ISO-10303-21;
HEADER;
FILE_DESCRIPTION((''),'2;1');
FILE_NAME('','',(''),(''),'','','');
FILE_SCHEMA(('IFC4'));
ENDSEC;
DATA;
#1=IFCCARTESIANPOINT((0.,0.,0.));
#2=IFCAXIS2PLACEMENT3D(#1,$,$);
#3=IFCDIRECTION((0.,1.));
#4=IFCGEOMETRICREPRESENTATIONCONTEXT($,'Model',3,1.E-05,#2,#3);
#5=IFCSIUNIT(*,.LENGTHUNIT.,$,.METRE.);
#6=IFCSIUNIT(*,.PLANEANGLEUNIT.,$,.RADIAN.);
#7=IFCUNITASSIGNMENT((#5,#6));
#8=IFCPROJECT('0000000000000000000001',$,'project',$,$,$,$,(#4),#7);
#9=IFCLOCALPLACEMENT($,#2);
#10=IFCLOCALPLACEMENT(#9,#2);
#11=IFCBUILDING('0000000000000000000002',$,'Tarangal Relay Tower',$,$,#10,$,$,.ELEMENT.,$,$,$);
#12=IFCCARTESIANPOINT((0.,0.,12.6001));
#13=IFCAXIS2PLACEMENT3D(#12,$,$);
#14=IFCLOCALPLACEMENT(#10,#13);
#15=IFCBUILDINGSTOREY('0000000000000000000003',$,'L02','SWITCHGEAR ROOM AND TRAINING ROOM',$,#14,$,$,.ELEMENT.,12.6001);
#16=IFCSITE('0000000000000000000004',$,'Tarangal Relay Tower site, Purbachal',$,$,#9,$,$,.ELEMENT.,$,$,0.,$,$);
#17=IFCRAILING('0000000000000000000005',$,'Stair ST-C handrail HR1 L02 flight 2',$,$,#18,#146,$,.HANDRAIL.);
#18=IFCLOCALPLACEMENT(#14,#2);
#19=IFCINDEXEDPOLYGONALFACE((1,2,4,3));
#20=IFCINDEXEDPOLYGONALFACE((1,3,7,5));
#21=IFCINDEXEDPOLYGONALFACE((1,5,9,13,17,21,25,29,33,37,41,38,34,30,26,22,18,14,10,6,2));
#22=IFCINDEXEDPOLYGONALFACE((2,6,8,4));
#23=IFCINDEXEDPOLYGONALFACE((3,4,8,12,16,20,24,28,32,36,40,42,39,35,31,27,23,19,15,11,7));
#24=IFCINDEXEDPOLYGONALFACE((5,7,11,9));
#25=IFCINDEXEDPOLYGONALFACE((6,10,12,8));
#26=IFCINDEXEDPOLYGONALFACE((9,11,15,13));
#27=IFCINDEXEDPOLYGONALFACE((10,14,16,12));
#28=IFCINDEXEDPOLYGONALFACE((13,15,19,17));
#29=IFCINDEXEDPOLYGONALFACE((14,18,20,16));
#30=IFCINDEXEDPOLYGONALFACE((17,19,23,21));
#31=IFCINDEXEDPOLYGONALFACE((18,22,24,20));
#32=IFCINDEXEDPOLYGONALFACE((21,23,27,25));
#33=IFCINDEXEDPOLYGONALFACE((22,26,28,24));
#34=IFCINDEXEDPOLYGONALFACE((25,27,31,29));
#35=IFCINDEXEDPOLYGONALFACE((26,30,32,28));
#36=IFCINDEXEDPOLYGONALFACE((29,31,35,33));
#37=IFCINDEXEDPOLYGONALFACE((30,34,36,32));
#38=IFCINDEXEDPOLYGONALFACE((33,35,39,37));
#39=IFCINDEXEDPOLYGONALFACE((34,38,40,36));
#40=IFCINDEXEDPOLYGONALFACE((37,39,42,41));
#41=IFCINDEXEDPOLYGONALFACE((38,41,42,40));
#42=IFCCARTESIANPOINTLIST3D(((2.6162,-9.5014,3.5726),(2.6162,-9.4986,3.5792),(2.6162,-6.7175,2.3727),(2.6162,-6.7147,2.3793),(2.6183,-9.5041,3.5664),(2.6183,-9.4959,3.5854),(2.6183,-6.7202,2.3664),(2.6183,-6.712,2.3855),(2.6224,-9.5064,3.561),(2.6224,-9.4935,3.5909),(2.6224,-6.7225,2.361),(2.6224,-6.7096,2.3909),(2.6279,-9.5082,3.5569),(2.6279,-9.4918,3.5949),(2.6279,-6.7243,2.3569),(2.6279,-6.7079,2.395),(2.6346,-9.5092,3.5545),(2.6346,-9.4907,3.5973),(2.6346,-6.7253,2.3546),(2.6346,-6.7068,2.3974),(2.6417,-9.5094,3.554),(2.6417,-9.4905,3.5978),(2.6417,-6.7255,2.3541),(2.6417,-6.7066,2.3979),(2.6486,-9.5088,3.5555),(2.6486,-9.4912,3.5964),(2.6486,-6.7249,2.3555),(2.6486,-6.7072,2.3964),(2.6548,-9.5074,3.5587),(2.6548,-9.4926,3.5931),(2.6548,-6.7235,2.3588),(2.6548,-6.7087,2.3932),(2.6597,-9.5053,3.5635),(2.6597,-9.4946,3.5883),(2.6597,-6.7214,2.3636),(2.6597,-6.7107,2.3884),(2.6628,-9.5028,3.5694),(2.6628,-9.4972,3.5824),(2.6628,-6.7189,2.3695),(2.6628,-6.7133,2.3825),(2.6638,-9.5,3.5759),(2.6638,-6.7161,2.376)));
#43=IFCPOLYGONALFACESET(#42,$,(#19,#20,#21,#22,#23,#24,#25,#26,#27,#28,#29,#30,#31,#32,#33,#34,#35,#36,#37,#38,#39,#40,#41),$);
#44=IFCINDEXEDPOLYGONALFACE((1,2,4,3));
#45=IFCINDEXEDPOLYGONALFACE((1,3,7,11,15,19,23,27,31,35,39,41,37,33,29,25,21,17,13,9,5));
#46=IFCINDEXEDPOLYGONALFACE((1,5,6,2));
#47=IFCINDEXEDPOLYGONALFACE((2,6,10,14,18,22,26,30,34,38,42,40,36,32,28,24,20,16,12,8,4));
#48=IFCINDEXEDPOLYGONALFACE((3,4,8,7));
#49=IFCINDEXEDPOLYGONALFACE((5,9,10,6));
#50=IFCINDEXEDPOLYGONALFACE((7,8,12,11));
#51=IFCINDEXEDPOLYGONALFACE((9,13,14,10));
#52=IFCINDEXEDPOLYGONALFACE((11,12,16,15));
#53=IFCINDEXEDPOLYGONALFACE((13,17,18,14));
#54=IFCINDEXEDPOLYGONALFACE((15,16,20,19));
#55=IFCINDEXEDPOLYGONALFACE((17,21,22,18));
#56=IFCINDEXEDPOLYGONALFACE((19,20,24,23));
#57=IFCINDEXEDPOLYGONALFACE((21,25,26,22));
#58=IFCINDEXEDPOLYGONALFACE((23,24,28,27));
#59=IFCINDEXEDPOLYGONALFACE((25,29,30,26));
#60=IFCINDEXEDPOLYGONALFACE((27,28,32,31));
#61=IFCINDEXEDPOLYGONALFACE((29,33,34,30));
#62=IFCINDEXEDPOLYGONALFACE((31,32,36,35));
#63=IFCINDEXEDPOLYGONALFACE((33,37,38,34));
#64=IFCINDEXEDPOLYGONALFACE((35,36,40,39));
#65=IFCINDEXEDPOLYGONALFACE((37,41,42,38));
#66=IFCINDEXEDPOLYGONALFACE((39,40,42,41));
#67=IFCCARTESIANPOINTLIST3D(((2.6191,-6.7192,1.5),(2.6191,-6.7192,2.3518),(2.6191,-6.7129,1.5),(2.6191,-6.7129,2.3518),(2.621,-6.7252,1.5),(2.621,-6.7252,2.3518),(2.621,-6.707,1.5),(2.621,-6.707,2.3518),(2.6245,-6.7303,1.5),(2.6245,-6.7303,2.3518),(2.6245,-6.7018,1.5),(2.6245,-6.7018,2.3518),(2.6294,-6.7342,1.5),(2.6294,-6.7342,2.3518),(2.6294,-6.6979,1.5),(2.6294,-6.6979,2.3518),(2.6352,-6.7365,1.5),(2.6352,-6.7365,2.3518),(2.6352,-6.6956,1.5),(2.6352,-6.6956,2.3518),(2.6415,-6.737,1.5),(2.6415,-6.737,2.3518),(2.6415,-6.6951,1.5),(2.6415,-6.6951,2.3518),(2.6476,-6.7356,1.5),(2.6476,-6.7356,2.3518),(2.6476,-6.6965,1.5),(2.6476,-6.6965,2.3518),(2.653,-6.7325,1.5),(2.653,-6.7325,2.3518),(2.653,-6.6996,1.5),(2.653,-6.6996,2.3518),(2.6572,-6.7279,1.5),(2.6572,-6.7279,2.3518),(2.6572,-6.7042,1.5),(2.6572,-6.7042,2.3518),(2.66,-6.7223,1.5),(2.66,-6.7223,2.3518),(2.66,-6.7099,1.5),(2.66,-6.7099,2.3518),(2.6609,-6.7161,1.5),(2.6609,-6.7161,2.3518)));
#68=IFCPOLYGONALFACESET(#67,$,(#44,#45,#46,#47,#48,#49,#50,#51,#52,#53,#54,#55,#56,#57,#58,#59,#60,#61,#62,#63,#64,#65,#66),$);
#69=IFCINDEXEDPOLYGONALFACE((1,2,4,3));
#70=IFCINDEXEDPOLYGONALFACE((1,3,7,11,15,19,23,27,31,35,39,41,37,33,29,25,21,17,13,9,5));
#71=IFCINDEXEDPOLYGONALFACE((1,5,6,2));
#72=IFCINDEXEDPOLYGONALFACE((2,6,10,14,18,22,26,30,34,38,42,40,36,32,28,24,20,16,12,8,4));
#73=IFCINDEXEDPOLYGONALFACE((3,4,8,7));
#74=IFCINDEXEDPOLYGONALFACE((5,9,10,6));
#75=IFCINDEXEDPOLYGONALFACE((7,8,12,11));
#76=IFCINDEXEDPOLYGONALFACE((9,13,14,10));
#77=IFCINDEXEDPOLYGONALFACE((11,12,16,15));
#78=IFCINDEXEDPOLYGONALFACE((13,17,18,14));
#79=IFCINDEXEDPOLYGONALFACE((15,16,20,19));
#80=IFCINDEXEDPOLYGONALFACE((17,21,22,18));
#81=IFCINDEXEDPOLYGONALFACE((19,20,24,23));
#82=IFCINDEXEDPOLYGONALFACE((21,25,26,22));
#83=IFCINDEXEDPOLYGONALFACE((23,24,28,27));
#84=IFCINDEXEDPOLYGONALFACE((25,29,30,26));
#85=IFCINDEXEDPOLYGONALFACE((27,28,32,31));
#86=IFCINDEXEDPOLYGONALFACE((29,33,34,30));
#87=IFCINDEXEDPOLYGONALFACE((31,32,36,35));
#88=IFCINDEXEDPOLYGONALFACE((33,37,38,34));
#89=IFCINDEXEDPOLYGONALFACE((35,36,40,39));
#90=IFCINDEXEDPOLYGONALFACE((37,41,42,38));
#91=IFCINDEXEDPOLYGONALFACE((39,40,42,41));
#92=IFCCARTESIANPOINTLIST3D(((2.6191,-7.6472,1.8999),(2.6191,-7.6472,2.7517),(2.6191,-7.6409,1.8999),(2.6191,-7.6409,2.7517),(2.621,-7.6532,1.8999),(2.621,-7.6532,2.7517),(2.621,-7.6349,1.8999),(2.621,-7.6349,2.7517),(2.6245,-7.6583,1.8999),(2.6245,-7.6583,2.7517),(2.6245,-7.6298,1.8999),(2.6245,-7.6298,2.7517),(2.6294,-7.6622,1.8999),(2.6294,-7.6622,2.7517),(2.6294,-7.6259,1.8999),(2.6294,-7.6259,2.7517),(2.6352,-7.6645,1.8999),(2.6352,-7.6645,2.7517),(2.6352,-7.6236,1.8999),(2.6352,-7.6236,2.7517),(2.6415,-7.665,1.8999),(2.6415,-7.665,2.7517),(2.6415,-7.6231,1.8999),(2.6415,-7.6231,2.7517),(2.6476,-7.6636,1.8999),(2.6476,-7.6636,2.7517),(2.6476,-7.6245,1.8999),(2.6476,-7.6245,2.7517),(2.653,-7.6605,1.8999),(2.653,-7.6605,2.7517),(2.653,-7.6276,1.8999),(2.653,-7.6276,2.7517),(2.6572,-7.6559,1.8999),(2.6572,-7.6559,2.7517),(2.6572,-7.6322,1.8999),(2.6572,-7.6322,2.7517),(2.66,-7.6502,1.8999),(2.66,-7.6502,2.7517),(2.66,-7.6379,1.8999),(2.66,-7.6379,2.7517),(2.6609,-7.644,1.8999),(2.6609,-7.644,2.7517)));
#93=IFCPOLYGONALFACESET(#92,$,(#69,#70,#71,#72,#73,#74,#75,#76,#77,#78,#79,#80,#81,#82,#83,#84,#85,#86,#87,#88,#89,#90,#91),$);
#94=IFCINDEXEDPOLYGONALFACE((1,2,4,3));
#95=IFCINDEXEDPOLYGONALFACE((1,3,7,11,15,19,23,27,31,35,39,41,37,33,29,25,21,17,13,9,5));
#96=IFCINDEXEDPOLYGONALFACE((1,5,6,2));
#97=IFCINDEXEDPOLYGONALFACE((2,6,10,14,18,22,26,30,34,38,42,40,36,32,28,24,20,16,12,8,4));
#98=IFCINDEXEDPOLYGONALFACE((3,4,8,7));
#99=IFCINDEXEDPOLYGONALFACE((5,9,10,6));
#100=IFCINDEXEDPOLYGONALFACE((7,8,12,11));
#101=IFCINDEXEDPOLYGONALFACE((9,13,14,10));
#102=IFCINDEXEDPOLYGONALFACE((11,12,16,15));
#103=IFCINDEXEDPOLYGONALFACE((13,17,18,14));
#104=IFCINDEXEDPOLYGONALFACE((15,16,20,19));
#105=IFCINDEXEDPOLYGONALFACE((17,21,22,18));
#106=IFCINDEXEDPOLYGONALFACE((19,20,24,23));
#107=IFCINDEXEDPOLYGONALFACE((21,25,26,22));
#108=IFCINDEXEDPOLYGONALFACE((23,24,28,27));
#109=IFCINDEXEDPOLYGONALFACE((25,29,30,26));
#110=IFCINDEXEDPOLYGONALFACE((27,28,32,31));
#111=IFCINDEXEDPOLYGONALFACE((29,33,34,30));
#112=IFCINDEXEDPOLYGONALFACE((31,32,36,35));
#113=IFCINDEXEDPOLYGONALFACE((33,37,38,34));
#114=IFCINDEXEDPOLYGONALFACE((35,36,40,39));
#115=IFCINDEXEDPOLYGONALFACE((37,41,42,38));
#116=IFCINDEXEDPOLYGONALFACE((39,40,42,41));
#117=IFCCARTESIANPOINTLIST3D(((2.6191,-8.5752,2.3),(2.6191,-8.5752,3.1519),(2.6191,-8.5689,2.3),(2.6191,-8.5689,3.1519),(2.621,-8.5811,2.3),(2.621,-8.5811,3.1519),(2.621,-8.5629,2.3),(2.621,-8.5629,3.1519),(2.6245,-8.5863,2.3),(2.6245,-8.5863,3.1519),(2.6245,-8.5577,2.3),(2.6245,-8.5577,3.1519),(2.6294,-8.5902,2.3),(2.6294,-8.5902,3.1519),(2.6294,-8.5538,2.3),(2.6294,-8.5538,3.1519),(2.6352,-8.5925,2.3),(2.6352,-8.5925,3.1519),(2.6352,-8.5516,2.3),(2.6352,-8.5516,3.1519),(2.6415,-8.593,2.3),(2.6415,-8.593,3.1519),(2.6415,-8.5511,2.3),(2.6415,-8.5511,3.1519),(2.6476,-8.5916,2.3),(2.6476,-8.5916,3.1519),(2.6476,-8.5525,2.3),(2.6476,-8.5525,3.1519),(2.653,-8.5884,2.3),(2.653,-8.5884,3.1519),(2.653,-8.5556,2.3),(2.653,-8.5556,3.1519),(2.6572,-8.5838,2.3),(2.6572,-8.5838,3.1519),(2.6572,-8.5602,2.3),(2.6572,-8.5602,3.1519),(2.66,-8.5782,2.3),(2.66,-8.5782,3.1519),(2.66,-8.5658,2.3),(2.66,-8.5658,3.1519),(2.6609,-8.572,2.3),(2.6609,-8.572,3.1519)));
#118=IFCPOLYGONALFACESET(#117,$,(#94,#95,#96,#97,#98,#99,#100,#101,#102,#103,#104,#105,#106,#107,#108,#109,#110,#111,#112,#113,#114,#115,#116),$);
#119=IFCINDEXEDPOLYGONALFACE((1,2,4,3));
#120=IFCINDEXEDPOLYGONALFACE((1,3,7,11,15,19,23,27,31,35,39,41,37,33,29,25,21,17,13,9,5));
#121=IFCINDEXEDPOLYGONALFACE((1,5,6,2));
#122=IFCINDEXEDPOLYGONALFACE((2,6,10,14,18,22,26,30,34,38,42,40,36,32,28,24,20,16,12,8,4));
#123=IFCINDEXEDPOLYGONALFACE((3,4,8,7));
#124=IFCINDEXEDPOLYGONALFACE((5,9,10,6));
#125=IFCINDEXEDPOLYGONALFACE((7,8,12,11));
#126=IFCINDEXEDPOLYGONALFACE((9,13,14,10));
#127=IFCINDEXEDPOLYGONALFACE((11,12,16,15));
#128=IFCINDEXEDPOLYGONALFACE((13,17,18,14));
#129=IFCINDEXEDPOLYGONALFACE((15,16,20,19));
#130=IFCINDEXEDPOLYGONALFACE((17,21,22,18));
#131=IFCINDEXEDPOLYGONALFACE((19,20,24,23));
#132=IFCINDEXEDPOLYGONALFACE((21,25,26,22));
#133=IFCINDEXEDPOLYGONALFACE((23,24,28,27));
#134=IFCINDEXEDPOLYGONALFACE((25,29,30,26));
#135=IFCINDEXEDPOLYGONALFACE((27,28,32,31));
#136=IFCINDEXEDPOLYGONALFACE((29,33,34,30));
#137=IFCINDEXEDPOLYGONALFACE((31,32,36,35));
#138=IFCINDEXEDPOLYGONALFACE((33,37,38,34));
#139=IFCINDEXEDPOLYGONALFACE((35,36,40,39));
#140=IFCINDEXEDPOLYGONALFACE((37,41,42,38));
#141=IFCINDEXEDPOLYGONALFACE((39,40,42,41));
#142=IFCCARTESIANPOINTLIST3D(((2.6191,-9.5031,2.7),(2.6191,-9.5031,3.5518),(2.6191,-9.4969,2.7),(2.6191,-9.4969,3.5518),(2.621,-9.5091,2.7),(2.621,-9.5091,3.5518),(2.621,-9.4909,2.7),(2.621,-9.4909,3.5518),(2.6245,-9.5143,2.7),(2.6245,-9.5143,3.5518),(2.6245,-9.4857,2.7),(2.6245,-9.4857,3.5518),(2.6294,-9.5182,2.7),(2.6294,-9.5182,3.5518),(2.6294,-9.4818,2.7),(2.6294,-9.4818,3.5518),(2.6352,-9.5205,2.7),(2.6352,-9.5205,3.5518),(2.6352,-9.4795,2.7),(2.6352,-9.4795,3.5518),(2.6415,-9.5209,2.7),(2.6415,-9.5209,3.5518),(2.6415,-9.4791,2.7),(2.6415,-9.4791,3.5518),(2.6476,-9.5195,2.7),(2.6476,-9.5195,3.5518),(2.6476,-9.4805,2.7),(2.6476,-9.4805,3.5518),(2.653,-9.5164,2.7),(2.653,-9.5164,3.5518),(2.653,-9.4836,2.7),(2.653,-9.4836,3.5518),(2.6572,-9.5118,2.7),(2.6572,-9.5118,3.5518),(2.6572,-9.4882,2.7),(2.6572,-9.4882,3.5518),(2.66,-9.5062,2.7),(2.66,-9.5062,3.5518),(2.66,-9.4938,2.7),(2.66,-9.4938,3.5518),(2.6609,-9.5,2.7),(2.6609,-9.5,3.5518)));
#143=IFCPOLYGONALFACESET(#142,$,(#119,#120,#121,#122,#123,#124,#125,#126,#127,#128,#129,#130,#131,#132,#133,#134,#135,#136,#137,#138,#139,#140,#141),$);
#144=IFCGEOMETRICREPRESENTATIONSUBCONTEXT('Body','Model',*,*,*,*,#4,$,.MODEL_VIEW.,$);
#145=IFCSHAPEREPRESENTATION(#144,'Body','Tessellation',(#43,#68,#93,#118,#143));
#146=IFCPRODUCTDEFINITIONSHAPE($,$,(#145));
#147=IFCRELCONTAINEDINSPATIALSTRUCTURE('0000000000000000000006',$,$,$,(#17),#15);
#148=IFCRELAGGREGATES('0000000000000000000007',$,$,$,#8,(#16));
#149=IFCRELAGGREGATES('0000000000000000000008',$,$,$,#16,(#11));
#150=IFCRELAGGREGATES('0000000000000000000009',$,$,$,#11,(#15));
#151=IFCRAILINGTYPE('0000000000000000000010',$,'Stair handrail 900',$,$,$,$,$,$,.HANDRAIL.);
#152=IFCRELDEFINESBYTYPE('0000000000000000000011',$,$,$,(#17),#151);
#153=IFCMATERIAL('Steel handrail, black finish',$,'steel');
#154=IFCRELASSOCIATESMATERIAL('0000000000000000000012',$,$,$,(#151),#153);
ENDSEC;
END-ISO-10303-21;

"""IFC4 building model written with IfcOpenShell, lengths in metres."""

from ifc_helpers import new_model, si_unit, direction, frame, origin, origin_2d, place, context, subcontext, project, spatial, circle, extrude, material, type_object, element, save


model = new_model("IFC4")

# Units and contexts
model_context = context("Model", 3, precision=1e-05, world=origin(), true_north=direction((0.0, 1.0)))
body_context = subcontext(model_context, "Body", "Model", "MODEL_VIEW")
ifc_project = project(units=[si_unit("LENGTHUNIT", "METRE"), si_unit("PLANEANGLEUNIT", "RADIAN")], contexts=[model_context])

# Site, building, storey
site_placement = place(None, origin())
site = spatial("IfcSite", under=ifc_project, at=site_placement, Name="Tarangal Relay Tower site, Purbachal", CompositionType="ELEMENT", RefElevation=0.0)
building_placement = place(site_placement, origin())
building = spatial("IfcBuilding", under=site, at=building_placement, Name="Tarangal Relay Tower", CompositionType="ELEMENT")
storey_placement = place(building_placement, frame((0.0, 0.0, 12.6001)))
storey = spatial("IfcBuildingStorey", under=building, at=storey_placement, Name="L02", Description="SWITCHGEAR ROOM AND TRAINING ROOM", CompositionType="ELEMENT", Elevation=12.6001)

# Railing
ifc_material_1 = material(Name="Steel handrail, black finish", Category="steel")
railing_type_1 = type_object("IfcRailingType", Name="Stair handrail 900", PredefinedType="HANDRAIL", material=ifc_material_1)
for number, where, name in (
    (1, (2.6399, -6.7161, 1.5), "Stair ST-C handrail HR1 L02 flight 2"),
):
    element("IfcRailing", number, at=place(storey_placement, frame(where)), inside=storey, type_object=railing_type_1, Name=name, PredefinedType="HANDRAIL", context=body_context, shape_type="SweptSolid", body=[
        extrude(circle(Radius=0.0239, at=origin_2d()), frame((0.0, 0.0, 0.876), z_axis=(0.0, -0.918327, 0.395823), x_axis=(1.0, 0.0, 0.0)), (0.0, 0.0, 1.0), 3.0315),
        extrude(circle(Radius=0.021, at=origin_2d()), origin(), (0.0, 0.0, 1.0), 0.8518),
        extrude(circle(Radius=0.021, at=origin_2d()), frame((0.0, -0.928, 0.3999)), (0.0, 0.0, 1.0), 0.8518),
        extrude(circle(Radius=0.021, at=origin_2d()), frame((0.0, -1.856, 0.8)), (0.0, 0.0, 1.0), 0.8518),
        extrude(circle(Radius=0.021, at=origin_2d()), frame((0.0, -2.7839, 1.2)), (0.0, 0.0, 1.0), 0.8518),
    ])

save(model, "model.ifc")
